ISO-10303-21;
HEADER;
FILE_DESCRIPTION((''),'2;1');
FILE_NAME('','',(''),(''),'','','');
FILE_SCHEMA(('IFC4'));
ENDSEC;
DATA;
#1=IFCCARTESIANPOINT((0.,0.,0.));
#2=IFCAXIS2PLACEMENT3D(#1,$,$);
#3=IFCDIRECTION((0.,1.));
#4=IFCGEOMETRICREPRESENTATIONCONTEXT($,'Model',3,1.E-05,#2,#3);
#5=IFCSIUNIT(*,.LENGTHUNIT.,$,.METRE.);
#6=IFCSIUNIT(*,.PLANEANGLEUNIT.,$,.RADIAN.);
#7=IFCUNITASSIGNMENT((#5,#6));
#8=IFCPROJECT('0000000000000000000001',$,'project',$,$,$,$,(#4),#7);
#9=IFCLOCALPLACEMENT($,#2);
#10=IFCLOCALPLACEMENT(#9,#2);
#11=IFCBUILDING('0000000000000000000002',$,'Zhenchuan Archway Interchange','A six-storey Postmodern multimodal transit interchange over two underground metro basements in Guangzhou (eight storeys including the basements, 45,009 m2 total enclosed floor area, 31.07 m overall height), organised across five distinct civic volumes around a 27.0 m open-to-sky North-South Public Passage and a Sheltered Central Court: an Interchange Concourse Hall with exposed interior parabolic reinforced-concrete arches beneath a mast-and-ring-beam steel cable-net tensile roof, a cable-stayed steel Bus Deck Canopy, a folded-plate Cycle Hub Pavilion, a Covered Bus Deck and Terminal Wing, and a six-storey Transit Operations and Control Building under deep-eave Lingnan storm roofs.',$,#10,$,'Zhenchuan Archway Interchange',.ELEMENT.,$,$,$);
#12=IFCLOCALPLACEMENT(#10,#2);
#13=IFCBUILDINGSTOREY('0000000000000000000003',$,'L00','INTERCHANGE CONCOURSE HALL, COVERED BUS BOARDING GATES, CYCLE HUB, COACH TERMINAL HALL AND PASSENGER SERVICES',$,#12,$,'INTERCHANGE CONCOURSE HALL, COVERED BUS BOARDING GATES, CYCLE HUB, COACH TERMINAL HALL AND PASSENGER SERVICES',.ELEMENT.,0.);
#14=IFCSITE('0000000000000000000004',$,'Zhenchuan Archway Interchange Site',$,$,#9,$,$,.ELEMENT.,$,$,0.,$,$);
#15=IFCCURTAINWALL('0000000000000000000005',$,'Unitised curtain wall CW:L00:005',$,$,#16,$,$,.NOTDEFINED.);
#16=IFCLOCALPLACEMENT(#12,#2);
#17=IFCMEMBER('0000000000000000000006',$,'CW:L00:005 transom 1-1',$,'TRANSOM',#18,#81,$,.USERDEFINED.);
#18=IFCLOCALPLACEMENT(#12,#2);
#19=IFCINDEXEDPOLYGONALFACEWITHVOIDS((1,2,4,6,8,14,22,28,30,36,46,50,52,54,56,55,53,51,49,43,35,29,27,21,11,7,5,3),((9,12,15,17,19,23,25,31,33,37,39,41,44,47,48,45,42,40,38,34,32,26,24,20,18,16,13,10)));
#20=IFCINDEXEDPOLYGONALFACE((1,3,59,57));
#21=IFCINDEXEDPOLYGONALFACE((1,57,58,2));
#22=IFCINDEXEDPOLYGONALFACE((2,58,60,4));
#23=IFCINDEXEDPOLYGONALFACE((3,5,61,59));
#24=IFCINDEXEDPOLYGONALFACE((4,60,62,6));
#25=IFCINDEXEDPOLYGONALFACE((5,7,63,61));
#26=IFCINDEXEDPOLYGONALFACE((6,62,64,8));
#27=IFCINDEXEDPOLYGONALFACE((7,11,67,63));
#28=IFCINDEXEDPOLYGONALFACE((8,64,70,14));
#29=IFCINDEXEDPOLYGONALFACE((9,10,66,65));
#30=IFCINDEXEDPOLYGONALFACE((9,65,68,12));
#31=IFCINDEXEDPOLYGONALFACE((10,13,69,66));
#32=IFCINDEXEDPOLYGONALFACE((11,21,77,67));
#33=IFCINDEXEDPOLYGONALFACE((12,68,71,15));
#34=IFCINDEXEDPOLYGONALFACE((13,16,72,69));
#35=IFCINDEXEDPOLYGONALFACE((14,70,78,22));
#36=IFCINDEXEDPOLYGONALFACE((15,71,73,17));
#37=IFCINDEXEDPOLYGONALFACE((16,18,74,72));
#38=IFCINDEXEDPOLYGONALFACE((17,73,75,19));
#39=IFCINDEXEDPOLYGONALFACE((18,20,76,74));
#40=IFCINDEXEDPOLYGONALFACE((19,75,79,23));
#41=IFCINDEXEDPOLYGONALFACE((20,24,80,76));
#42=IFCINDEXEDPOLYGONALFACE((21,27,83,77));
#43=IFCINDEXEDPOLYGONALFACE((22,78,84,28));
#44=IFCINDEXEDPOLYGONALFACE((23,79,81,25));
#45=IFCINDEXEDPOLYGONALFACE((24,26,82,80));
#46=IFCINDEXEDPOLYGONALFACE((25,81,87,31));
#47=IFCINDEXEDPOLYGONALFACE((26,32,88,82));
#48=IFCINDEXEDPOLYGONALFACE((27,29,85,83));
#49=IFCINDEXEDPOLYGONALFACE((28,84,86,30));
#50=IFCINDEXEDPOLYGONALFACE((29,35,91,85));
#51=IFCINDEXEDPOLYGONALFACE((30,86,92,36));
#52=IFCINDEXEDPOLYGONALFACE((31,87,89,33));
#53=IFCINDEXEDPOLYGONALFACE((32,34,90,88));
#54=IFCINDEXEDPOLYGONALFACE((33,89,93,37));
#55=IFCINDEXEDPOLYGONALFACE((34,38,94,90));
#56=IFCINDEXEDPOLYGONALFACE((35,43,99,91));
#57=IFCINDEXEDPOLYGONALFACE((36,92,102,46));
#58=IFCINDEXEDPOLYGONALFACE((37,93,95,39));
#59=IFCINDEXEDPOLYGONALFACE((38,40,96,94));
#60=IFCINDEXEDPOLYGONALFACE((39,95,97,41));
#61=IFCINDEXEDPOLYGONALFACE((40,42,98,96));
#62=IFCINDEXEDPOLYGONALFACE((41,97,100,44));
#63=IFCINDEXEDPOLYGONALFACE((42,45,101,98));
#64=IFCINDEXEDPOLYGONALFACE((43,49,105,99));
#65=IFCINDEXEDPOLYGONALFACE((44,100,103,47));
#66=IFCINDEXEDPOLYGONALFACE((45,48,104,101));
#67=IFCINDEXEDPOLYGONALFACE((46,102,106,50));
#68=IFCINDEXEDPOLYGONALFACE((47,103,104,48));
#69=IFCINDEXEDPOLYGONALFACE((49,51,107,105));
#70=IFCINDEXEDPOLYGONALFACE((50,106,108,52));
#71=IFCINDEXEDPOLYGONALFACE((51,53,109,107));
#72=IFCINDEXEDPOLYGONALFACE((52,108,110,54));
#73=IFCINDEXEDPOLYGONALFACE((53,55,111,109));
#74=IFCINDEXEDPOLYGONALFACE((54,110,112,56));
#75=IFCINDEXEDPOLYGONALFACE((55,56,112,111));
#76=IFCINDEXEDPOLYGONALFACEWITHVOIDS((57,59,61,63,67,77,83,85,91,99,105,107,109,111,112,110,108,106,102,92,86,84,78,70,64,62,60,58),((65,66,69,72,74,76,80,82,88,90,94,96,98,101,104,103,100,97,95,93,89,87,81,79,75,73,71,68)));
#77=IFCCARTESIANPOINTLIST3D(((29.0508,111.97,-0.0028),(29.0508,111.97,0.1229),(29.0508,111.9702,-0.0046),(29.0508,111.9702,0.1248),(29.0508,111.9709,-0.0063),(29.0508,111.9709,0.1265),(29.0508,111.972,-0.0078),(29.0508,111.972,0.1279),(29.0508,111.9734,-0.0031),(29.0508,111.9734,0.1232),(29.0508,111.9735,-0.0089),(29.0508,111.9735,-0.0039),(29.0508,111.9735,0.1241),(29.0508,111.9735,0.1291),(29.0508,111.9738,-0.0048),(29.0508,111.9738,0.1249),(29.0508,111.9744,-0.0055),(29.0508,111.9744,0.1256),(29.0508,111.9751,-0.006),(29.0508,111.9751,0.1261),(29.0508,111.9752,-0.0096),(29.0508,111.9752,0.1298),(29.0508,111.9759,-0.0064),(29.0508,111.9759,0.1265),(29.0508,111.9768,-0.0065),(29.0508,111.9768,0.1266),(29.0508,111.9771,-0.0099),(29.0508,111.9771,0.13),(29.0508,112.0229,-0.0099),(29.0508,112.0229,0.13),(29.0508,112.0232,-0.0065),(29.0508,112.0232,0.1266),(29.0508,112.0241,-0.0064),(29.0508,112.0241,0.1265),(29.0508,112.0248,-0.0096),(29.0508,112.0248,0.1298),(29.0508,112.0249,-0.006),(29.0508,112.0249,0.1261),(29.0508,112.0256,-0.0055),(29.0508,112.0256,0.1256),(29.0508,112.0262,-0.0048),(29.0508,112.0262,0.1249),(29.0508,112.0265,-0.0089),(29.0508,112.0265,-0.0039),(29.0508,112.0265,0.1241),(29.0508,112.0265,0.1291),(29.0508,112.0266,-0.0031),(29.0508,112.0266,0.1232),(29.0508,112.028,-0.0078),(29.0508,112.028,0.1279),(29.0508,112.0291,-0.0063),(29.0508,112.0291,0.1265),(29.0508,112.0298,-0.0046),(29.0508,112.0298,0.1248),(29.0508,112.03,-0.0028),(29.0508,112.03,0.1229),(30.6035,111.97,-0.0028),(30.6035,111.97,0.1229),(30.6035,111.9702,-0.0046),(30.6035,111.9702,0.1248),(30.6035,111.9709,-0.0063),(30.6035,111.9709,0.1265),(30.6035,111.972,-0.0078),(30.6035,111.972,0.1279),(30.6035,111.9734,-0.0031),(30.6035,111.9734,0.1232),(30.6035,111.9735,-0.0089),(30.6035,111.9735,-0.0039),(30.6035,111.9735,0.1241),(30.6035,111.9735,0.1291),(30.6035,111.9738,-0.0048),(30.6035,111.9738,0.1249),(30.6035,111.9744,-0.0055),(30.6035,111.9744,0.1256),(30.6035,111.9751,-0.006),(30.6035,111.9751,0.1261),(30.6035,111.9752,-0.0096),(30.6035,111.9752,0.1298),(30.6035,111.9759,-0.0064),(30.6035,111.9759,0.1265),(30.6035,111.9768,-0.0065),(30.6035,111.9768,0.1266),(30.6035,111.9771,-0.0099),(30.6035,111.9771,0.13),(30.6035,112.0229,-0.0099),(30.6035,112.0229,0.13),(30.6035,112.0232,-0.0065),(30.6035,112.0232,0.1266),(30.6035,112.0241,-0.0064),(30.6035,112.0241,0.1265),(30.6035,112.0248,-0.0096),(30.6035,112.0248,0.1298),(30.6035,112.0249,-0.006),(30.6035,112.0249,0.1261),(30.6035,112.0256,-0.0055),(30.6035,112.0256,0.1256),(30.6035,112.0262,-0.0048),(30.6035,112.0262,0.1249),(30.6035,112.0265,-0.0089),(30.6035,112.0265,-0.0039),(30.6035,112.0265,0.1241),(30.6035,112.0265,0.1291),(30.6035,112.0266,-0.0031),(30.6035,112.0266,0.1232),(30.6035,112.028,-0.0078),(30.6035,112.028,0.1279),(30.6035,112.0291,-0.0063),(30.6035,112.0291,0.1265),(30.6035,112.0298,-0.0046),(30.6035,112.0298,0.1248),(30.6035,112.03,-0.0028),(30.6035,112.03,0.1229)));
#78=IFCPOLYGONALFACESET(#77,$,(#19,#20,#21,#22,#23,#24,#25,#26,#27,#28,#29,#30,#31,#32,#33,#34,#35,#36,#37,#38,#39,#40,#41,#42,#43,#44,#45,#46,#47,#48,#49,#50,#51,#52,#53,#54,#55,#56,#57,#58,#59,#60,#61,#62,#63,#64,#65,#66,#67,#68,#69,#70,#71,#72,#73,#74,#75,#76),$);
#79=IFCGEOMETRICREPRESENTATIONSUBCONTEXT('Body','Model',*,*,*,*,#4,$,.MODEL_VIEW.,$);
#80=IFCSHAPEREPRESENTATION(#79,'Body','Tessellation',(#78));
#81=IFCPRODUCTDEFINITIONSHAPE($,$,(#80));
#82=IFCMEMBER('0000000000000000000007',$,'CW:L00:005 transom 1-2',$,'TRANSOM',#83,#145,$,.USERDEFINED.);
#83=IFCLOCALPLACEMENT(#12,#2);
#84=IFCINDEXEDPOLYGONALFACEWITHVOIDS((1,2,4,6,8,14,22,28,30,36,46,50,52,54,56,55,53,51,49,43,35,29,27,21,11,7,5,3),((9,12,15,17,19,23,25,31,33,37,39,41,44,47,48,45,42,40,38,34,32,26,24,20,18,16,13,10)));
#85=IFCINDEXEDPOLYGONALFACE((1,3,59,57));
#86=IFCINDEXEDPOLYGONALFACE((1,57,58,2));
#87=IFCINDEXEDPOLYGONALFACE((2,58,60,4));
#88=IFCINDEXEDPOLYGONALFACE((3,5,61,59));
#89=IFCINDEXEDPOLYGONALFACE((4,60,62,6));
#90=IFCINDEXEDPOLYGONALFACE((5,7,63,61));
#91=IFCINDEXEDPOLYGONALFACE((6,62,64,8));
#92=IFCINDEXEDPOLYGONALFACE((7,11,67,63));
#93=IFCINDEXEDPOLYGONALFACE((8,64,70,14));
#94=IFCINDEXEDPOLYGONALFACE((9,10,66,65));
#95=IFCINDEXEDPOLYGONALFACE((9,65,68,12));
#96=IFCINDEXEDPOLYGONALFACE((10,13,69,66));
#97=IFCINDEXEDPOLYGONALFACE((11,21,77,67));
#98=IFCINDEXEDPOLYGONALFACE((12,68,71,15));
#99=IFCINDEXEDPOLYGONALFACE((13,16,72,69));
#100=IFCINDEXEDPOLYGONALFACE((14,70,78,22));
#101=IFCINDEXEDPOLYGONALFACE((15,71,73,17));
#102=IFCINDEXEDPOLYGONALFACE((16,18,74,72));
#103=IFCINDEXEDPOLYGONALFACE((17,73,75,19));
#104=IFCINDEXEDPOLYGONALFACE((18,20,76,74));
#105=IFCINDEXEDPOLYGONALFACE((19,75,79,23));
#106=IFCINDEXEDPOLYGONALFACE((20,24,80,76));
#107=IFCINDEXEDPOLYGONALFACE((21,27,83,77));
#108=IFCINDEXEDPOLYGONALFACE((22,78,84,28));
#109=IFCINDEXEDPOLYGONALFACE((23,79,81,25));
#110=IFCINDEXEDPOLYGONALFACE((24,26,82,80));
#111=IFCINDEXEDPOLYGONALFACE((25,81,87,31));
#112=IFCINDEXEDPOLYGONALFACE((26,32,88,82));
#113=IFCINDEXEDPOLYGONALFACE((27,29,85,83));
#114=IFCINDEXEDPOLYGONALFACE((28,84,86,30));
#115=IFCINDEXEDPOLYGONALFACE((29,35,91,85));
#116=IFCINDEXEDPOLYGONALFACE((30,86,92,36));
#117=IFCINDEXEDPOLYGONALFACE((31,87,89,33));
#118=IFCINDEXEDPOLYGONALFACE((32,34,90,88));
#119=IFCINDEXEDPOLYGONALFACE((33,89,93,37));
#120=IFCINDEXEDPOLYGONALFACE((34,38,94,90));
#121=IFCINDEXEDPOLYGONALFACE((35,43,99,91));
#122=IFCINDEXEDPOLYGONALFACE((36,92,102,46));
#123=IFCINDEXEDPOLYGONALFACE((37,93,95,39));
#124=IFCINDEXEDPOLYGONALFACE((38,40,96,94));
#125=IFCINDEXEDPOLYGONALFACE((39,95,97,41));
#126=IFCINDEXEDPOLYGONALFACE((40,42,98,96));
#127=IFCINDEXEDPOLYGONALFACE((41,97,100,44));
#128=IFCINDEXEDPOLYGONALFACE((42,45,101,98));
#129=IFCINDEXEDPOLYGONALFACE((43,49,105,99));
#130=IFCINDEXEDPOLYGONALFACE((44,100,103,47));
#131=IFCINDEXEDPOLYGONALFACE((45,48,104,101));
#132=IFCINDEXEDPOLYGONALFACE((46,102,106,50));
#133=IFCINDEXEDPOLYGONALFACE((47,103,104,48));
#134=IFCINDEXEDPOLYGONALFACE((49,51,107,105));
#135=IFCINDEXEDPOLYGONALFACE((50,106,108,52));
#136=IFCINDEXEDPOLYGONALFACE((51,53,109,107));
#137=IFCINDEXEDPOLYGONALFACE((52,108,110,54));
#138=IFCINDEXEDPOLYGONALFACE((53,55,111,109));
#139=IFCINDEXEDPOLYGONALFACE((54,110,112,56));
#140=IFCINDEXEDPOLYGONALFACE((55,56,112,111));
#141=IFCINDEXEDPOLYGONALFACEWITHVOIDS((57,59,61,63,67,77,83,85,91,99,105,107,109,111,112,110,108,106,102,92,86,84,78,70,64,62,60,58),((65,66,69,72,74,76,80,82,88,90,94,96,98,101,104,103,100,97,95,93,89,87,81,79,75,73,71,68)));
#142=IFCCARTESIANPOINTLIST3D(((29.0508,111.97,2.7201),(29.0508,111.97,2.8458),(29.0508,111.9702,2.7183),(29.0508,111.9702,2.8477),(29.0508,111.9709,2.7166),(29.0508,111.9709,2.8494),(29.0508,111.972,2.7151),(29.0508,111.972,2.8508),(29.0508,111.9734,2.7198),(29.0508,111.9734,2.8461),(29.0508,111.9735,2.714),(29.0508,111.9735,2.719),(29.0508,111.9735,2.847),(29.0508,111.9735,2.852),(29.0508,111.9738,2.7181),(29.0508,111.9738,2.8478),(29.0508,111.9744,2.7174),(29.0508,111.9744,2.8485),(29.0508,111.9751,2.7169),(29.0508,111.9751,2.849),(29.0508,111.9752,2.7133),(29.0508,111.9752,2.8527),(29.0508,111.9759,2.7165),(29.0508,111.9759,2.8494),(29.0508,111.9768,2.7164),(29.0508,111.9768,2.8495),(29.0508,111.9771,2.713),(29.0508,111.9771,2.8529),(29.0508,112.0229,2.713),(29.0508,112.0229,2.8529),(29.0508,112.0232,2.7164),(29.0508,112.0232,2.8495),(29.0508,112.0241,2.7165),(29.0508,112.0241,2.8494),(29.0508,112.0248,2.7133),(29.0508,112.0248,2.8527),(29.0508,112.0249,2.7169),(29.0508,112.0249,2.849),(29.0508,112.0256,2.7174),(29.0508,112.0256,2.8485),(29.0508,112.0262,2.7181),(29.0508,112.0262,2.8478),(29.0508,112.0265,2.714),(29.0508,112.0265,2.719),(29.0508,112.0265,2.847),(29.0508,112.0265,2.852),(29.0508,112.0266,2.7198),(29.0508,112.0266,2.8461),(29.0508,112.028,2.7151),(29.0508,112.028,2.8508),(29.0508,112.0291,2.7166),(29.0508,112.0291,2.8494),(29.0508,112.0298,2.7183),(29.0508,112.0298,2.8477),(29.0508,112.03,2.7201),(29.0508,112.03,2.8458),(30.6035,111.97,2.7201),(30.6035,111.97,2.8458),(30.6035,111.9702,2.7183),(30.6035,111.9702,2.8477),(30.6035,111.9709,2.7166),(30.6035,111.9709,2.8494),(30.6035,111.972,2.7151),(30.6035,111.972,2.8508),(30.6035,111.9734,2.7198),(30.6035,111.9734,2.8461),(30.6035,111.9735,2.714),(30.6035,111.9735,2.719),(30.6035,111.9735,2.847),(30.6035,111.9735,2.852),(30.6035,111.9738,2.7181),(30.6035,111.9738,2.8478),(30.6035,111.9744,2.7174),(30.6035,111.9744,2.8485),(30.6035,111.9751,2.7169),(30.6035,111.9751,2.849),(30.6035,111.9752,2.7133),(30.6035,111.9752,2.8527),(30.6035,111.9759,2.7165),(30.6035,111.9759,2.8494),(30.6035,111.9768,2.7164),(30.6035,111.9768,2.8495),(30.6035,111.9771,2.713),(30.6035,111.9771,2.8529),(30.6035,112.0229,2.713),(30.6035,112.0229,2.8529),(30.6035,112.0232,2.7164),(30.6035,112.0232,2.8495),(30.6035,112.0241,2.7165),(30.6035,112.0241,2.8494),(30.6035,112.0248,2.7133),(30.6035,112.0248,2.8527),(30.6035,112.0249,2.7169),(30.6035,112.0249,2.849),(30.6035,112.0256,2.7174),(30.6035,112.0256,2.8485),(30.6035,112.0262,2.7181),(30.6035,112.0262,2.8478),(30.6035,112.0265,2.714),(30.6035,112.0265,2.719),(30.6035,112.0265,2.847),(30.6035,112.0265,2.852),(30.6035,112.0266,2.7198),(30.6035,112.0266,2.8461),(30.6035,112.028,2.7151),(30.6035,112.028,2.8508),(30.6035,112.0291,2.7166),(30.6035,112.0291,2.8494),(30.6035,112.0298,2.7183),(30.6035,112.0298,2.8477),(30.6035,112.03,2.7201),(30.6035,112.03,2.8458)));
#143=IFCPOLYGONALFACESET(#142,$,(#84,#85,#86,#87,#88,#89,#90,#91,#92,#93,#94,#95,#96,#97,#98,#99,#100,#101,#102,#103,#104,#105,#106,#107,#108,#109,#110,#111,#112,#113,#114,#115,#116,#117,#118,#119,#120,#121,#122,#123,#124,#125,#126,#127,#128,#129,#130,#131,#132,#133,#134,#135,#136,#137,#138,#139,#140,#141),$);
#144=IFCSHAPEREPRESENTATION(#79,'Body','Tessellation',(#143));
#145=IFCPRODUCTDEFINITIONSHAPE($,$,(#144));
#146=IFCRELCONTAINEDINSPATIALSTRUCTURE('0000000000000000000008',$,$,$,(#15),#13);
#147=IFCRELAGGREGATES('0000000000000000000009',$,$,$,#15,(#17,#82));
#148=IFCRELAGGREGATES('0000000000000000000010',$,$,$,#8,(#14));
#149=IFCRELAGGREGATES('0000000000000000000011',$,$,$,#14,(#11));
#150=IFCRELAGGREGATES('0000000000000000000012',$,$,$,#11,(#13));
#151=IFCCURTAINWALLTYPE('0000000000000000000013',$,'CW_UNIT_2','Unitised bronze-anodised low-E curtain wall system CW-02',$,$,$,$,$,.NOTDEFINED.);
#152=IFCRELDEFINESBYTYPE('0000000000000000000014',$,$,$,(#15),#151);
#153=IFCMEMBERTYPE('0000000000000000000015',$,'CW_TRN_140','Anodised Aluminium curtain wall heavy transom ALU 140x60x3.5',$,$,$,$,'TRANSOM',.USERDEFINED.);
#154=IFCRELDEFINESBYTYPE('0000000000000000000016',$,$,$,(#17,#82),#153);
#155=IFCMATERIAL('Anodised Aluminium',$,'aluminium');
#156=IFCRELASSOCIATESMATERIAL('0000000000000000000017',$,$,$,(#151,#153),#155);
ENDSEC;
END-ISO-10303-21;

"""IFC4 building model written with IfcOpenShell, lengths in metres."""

from ifc_helpers import new_model, si_unit, direction, frame, origin, origin_2d, place, context, subcontext, project, spatial, hollow_rectangle, extrude, material, material_profile, profile_set, type_object, element, aggregate, save


model = new_model("IFC4")

# Units and contexts
model_context = context("Model", 3, precision=1e-05, world=origin(), true_north=direction((0.0, 1.0)))
body_context = subcontext(model_context, "Body", "Model", "MODEL_VIEW")
ifc_project = project(units=[si_unit("LENGTHUNIT", "METRE"), si_unit("PLANEANGLEUNIT", "RADIAN")], contexts=[model_context])

# Site, building, storey
site_placement = place(None, origin())
site = spatial("IfcSite", under=ifc_project, at=site_placement, Name="Zhenchuan Archway Interchange Site", CompositionType="ELEMENT", RefElevation=0.0)
building_placement = place(site_placement, origin())
building = spatial("IfcBuilding", under=site, at=building_placement, Name="Zhenchuan Archway Interchange", Description="A six-storey Postmodern multimodal transit interchange over two underground metro basements in Guangzhou (eight storeys including the basements, 45,009 m2 total enclosed floor area, 31.07 m overall height), organised across five distinct civic volumes around a 27.0 m open-to-sky North-South Public Passage and a Sheltered Central Court: an Interchange Concourse Hall with exposed interior parabolic reinforced-concrete arches beneath a mast-and-ring-beam steel cable-net tensile roof, a cable-stayed steel Bus Deck Canopy, a folded-plate Cycle Hub Pavilion, a Covered Bus Deck and Terminal Wing, and a six-storey Transit Operations and Control Building under deep-eave Lingnan storm roofs.", LongName="Zhenchuan Archway Interchange", CompositionType="ELEMENT")
storey_placement = place(building_placement, origin())
storey = spatial("IfcBuildingStorey", under=building, at=storey_placement, Name="L00", Description="INTERCHANGE CONCOURSE HALL, COVERED BUS BOARDING GATES, CYCLE HUB, COACH TERMINAL HALL AND PASSENGER SERVICES", LongName="INTERCHANGE CONCOURSE HALL, COVERED BUS BOARDING GATES, CYCLE HUB, COACH TERMINAL HALL AND PASSENGER SERVICES", CompositionType="ELEMENT", Elevation=0.0)

# Curtain wall, members
ifc_material_1 = material(Name="Anodised Aluminium", Category="aluminium")
curtain_wall_type = type_object("IfcCurtainWallType", Name="CW_UNIT_2", Description="Unitised bronze-anodised low-E curtain wall system CW-02", PredefinedType="NOTDEFINED", material=ifc_material_1)
curtain_wall_placement = place(storey_placement, origin())
curtain_wall = element("IfcCurtainWall", 1, at=curtain_wall_placement, inside=storey, type_object=curtain_wall_type, Name="Unitised curtain wall CW:L00:005", PredefinedType="NOTDEFINED")
ifc_material_profile_1 = material_profile(ifc_material_1, hollow_rectangle(XDim=0.0601, YDim=0.1399, WallThickness=0.0034, InnerFilletRadius=0.0034, OuterFilletRadius=0.0071, at=origin_2d()), Name="ALU 140x60x3.5")
ifc_profile_set_1 = profile_set([ifc_material_profile_1], Name="Anodised Aluminium")
member_type_1 = type_object("IfcMemberType", Name="CW_TRN_140", Description="Anodised Aluminium curtain wall heavy transom ALU 140x60x3.5", ElementType="TRANSOM", PredefinedType="USERDEFINED", material=ifc_profile_set_1)
member_1_placement = place(storey_placement, frame((29.0508, 112.0, 0.0601), z_axis=(1.0, 0.0, 0.0), x_axis=(0.0, 1.0, 0.0)))
member_1 = element("IfcMember", 2, at=member_1_placement, type_object=member_type_1, Name="CW:L00:005 transom 1-1", ObjectType="TRANSOM", PredefinedType="USERDEFINED", context=body_context, shape_type="SweptSolid", body=[
    extrude(hollow_rectangle(XDim=0.0601, YDim=0.1399, WallThickness=0.0034, InnerFilletRadius=0.0034, OuterFilletRadius=0.0071, at=origin_2d()), origin(), (0.0, 0.0, 1.0), 1.5527),
])
member_2_placement = place(storey_placement, frame((29.0508, 112.0, 2.783), z_axis=(1.0, 0.0, 0.0), x_axis=(0.0, 1.0, 0.0)))
member_2 = element("IfcMember", 3, at=member_2_placement, type_object=member_type_1, Name="CW:L00:005 transom 1-2", ObjectType="TRANSOM", PredefinedType="USERDEFINED", context=body_context, shape_type="SweptSolid", body=[
    extrude(hollow_rectangle(XDim=0.0601, YDim=0.1399, WallThickness=0.0034, InnerFilletRadius=0.0034, OuterFilletRadius=0.0071, at=origin_2d()), origin(), (0.0, 0.0, 1.0), 1.5527),
])

aggregate(curtain_wall, [member_1, member_2])

save(model, "model.ifc")
